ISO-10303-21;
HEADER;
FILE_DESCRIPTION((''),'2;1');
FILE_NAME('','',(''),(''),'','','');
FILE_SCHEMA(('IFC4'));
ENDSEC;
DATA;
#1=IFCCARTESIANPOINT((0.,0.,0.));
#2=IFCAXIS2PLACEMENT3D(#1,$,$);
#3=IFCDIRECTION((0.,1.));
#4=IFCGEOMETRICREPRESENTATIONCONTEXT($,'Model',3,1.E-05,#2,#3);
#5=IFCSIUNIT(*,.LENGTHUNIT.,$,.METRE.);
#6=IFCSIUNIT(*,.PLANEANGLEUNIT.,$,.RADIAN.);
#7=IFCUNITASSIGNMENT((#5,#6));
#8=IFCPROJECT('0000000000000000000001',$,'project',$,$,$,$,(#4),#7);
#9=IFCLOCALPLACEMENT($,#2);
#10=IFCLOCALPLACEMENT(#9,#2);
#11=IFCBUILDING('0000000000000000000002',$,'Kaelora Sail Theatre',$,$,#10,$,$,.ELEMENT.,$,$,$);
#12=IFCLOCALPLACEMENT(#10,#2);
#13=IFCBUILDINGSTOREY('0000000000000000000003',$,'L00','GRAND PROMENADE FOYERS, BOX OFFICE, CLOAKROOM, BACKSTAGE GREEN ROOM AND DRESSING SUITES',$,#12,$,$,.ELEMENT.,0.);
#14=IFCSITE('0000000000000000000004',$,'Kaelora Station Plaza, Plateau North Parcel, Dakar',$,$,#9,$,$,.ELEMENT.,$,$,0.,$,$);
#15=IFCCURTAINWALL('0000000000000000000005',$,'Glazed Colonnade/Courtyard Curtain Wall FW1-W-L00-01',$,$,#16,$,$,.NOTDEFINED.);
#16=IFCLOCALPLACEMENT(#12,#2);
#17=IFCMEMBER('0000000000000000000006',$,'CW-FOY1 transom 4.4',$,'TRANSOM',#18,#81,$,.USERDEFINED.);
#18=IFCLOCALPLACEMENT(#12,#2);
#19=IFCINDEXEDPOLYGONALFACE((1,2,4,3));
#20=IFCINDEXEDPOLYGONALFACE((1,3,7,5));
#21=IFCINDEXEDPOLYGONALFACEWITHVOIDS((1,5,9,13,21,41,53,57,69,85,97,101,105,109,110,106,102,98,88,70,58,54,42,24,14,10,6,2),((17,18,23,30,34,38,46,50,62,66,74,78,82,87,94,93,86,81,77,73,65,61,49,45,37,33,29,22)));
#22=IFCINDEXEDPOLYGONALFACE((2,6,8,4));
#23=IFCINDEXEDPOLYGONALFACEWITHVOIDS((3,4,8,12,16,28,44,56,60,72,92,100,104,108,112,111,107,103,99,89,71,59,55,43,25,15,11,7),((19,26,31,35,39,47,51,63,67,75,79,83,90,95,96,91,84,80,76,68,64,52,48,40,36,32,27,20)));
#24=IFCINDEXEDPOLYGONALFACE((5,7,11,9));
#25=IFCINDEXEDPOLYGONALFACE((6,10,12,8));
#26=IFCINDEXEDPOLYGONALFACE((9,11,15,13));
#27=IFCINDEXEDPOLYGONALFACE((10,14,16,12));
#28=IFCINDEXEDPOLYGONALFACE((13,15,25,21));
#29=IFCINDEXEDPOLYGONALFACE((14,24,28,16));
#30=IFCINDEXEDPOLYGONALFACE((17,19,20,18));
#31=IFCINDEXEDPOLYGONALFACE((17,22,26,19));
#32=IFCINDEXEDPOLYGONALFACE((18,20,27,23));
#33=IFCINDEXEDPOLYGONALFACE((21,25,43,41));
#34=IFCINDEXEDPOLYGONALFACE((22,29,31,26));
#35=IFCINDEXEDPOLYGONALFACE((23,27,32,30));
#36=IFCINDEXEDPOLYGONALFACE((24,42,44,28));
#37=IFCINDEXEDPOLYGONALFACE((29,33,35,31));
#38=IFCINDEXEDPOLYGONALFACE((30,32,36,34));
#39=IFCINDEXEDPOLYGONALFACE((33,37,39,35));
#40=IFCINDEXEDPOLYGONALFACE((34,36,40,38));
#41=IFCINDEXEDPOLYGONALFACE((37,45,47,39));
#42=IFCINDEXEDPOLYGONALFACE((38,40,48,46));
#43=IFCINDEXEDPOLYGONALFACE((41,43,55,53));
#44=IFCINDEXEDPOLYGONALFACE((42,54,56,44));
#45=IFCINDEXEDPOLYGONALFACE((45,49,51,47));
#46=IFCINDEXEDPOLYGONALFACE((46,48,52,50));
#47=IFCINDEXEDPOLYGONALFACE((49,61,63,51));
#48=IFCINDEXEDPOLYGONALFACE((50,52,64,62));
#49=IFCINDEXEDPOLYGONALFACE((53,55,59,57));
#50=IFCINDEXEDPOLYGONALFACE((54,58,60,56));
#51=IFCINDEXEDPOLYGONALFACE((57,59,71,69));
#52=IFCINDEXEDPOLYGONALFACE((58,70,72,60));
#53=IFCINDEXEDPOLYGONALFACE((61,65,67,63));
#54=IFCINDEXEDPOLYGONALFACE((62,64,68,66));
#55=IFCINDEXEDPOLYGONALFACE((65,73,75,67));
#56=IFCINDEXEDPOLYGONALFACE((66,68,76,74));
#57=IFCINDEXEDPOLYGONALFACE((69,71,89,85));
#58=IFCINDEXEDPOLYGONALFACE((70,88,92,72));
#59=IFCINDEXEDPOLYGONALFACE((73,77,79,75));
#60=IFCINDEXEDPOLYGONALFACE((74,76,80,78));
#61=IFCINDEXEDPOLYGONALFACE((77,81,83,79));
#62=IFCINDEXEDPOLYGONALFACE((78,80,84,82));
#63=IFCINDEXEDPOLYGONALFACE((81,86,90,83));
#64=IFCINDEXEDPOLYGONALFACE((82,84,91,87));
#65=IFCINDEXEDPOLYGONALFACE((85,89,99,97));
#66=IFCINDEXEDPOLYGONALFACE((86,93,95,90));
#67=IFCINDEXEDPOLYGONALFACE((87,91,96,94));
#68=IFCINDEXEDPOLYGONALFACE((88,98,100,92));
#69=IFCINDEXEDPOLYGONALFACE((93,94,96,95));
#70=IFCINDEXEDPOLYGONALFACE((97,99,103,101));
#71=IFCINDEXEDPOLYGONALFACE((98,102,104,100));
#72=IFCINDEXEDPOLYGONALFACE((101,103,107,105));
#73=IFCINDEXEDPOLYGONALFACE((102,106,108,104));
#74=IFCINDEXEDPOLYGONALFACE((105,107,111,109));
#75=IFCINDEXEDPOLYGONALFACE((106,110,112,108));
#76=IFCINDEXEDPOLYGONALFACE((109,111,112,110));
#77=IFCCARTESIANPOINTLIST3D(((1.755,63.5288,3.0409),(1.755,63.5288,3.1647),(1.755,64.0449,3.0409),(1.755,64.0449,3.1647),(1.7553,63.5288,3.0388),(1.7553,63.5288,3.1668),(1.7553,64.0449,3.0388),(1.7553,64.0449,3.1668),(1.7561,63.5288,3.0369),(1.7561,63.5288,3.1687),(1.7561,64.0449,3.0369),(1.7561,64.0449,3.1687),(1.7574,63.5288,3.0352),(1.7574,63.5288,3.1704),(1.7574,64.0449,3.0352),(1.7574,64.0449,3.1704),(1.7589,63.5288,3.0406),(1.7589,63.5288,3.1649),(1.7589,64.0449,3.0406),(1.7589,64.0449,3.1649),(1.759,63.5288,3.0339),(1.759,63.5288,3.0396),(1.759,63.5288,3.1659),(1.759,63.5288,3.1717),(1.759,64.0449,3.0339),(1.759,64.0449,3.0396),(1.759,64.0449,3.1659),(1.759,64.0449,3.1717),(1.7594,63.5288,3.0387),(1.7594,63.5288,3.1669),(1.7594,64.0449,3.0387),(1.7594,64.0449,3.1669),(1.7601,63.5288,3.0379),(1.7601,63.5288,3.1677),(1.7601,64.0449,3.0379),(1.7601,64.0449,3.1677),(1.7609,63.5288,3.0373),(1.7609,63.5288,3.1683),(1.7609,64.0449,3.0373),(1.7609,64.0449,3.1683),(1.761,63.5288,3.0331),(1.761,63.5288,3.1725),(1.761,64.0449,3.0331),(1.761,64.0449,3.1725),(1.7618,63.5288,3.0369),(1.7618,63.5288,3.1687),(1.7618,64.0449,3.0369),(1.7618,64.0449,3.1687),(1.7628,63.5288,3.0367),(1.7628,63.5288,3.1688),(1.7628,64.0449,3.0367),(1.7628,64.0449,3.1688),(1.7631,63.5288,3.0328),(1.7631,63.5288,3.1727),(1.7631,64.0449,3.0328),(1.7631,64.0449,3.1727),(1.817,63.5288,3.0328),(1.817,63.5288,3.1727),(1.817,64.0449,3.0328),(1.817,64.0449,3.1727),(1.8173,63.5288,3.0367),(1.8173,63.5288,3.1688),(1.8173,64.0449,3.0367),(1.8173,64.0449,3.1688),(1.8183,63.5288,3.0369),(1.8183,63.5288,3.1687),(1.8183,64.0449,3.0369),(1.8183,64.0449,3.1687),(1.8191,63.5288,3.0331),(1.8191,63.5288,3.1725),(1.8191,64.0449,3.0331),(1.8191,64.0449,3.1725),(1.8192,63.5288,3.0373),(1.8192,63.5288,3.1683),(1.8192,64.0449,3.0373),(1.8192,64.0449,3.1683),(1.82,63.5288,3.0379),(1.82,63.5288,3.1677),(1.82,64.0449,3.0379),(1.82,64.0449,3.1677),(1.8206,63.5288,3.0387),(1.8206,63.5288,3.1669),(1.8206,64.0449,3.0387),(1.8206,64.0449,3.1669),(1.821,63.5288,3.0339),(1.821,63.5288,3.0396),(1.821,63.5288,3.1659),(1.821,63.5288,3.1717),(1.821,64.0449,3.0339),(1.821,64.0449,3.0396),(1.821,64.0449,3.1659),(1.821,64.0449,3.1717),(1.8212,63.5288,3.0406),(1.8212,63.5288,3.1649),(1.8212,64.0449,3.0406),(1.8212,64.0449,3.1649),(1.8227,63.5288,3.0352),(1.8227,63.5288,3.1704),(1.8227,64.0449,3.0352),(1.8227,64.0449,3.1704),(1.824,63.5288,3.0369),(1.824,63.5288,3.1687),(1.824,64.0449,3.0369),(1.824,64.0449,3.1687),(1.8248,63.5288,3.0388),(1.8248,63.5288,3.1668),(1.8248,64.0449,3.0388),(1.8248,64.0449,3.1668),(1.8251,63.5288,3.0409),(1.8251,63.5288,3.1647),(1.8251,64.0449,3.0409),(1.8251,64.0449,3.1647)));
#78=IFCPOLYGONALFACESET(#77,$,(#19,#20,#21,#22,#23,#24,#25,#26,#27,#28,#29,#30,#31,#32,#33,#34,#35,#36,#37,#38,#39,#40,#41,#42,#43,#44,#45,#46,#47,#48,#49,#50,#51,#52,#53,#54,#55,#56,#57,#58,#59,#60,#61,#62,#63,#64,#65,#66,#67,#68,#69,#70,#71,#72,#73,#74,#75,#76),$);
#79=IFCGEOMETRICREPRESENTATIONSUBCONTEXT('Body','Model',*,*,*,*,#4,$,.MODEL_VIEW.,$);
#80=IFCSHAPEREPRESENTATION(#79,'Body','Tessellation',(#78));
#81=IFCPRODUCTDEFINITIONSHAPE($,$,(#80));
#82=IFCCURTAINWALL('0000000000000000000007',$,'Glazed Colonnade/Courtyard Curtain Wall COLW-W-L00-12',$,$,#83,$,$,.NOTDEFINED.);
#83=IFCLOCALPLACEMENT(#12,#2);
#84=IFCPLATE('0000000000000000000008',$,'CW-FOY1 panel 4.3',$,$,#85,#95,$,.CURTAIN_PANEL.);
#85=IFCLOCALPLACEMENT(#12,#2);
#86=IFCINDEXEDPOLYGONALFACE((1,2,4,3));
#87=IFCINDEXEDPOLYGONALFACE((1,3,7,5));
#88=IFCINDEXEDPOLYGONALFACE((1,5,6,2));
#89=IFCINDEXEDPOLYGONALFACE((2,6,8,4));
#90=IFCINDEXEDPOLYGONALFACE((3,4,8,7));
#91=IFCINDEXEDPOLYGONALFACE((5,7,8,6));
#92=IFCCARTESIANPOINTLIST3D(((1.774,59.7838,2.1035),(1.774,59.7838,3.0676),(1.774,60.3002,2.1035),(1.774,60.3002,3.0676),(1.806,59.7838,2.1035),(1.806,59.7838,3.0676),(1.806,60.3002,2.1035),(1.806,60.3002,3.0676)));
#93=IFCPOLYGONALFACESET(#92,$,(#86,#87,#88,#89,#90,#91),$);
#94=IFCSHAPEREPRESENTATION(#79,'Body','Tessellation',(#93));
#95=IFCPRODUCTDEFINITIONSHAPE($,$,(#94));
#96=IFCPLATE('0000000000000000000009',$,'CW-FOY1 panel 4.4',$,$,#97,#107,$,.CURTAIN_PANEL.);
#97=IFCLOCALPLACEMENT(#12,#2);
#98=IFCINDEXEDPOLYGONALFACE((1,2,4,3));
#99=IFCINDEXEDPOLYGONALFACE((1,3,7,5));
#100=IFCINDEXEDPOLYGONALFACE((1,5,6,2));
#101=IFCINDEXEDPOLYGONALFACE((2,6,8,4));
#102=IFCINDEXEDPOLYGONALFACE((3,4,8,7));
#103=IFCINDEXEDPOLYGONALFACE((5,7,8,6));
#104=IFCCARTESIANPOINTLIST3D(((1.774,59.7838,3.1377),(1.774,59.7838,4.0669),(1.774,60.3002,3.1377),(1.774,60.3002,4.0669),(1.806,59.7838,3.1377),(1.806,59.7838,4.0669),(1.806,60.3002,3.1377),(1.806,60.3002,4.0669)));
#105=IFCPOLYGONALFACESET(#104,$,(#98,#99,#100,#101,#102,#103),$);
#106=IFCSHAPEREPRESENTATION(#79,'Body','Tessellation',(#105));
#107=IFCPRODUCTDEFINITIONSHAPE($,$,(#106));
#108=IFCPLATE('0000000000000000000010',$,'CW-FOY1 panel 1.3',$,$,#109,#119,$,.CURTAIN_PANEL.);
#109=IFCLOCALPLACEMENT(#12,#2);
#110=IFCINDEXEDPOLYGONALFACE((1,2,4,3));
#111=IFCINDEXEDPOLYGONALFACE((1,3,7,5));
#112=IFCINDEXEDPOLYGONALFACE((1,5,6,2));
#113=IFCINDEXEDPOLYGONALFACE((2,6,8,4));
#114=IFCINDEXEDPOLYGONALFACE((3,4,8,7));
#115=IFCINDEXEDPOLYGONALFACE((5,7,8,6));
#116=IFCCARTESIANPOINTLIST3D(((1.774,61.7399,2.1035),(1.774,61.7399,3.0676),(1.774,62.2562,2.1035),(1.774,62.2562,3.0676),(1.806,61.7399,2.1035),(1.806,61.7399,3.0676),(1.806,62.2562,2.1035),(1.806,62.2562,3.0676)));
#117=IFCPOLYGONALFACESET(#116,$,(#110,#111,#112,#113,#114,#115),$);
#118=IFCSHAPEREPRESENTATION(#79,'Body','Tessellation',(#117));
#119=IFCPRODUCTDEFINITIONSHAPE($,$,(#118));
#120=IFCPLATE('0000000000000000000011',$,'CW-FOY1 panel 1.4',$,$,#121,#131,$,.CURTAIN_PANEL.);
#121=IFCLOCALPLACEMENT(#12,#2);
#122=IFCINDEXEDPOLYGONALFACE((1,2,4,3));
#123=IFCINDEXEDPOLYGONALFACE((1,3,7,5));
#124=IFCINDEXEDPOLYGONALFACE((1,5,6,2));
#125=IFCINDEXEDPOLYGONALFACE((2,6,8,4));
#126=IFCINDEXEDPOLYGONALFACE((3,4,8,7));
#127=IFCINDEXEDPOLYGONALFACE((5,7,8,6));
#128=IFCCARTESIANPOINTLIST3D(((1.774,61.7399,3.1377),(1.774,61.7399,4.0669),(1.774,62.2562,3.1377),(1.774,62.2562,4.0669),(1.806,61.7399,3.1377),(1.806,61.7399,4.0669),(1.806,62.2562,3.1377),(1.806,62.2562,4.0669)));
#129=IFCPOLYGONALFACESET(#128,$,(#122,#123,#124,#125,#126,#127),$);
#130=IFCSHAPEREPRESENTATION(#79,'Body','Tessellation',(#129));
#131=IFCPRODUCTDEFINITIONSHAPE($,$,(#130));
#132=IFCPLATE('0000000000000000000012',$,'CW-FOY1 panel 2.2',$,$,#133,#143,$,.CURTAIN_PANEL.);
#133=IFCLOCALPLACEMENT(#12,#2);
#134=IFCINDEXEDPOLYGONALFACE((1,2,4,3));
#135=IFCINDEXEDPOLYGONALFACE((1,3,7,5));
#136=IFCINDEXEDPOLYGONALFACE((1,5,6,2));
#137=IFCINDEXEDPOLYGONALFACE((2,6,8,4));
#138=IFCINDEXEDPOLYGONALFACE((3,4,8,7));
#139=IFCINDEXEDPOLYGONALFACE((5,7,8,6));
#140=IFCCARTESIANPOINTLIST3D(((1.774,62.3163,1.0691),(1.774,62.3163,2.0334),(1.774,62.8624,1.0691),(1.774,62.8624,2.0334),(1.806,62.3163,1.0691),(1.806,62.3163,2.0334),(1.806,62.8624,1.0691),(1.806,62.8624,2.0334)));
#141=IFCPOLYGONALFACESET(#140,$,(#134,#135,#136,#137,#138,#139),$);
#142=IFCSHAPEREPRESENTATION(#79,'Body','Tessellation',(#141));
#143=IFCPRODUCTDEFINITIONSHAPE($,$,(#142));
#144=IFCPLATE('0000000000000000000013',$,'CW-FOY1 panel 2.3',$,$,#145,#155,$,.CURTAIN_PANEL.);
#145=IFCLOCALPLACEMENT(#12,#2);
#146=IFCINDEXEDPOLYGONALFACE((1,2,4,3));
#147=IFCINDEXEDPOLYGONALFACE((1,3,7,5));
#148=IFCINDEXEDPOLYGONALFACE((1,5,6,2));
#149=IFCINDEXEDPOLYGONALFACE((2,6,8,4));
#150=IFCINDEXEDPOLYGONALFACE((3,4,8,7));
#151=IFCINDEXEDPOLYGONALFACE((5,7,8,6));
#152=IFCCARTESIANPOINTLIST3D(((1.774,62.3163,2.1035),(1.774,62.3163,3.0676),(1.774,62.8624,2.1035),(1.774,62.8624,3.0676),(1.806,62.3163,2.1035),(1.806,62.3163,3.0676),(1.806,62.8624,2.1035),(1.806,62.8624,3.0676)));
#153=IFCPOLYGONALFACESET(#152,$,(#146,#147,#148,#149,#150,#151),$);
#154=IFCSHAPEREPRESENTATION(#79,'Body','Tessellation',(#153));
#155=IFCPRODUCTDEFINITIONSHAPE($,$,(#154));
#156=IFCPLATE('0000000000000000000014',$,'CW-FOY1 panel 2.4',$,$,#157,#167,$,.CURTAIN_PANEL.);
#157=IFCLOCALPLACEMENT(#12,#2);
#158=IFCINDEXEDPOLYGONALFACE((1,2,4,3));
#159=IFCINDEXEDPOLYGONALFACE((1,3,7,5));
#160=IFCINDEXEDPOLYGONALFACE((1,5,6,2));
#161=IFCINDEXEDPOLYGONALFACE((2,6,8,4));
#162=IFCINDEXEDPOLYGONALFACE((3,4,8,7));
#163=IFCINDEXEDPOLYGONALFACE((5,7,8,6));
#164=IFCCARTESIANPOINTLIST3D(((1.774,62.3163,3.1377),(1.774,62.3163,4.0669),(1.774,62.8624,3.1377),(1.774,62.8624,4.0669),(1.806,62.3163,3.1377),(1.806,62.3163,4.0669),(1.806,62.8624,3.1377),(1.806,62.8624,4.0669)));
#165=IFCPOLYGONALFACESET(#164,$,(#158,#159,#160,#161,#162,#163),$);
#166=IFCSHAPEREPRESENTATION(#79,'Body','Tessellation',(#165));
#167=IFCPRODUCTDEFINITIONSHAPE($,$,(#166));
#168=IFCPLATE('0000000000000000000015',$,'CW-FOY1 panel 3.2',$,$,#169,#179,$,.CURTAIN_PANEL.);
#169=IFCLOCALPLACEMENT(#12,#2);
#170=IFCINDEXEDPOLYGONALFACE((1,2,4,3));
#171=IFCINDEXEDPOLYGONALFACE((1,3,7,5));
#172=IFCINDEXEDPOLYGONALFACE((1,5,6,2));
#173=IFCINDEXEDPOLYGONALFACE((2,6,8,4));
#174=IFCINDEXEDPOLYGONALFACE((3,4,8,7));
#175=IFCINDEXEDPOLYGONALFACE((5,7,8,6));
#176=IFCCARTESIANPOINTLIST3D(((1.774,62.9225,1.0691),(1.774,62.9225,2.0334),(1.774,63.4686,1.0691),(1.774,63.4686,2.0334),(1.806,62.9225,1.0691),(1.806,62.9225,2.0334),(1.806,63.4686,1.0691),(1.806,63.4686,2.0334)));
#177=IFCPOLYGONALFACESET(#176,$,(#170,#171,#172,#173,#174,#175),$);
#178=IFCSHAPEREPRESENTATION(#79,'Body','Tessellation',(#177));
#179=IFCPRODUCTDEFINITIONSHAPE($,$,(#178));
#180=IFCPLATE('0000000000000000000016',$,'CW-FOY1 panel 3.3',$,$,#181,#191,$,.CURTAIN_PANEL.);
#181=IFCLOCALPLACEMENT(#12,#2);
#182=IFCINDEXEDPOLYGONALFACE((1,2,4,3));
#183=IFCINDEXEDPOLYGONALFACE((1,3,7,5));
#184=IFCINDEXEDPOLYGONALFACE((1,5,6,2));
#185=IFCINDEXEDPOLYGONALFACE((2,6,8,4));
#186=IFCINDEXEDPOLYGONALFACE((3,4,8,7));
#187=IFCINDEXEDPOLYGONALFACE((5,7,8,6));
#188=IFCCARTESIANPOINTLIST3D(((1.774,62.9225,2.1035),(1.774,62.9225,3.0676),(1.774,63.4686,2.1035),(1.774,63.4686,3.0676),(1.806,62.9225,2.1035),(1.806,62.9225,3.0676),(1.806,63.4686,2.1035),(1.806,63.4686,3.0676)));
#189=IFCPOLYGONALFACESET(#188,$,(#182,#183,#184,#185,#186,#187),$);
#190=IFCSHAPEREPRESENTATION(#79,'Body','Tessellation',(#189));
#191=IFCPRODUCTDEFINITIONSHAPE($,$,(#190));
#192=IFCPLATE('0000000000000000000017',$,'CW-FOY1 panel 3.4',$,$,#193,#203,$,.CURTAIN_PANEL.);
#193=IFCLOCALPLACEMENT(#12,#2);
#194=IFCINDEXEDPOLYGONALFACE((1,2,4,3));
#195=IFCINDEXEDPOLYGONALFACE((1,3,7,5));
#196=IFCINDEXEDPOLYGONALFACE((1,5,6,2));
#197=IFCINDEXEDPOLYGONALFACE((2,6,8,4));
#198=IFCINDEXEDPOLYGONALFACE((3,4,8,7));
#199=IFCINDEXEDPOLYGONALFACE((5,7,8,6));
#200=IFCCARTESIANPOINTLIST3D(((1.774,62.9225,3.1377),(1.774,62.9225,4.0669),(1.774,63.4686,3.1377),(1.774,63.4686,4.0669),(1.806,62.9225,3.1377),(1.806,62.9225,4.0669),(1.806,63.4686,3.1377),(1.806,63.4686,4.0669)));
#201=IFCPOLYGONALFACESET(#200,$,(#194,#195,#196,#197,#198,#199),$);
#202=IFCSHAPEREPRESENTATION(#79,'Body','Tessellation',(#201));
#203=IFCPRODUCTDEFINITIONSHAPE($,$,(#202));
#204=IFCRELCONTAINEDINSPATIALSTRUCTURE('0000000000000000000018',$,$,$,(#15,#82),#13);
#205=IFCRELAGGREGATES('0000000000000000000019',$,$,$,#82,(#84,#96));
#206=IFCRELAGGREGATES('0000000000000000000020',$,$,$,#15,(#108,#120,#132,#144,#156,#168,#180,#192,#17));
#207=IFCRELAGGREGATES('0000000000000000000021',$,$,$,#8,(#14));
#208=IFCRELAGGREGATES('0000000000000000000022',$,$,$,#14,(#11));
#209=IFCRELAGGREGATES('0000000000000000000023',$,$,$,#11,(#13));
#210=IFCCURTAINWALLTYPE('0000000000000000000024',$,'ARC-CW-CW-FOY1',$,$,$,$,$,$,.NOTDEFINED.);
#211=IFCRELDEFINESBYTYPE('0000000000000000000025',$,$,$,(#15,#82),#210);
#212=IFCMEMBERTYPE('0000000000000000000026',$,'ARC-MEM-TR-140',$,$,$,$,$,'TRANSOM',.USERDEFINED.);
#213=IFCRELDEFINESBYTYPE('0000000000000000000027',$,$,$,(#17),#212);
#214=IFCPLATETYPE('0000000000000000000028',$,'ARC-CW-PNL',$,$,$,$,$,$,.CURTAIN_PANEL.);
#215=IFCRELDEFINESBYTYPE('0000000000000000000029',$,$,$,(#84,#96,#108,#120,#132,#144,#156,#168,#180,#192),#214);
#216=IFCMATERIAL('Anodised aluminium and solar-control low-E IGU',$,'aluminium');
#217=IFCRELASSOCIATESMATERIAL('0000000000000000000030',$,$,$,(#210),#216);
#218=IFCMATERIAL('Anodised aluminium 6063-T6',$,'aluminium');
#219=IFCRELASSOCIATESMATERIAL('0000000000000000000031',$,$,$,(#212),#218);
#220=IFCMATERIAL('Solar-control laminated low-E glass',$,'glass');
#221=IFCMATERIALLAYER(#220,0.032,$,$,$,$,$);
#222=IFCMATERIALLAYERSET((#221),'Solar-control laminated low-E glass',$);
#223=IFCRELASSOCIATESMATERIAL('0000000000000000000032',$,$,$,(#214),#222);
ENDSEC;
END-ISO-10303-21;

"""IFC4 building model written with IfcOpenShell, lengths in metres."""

from ifc_helpers import new_model, si_unit, direction, frame, origin, origin_2d, place, context, subcontext, project, spatial, rectangle, hollow_rectangle, extrude, material, layer, layer_set, material_profile, profile_set, type_object, element, aggregate, save


model = new_model("IFC4")

# Units and contexts
model_context = context("Model", 3, precision=1e-05, world=origin(), true_north=direction((0.0, 1.0)))
body_context = subcontext(model_context, "Body", "Model", "MODEL_VIEW")
ifc_project = project(units=[si_unit("LENGTHUNIT", "METRE"), si_unit("PLANEANGLEUNIT", "RADIAN")], contexts=[model_context])

# Site, building, storey
site_placement = place(None, origin())
site = spatial("IfcSite", under=ifc_project, at=site_placement, Name="Kaelora Station Plaza, Plateau North Parcel, Dakar", CompositionType="ELEMENT", RefElevation=0.0)
building_placement = place(site_placement, origin())
building = spatial("IfcBuilding", under=site, at=building_placement, Name="Kaelora Sail Theatre", CompositionType="ELEMENT")
storey_placement = place(building_placement, origin())
storey = spatial("IfcBuildingStorey", under=building, at=storey_placement, Name="L00", Description="GRAND PROMENADE FOYERS, BOX OFFICE, CLOAKROOM, BACKSTAGE GREEN ROOM AND DRESSING SUITES", CompositionType="ELEMENT", Elevation=0.0)

# Curtain wall, member
ifc_material_1 = material(Name="Anodised aluminium and solar-control low-E IGU", Category="aluminium")
curtain_wall_type = type_object("IfcCurtainWallType", Name="ARC-CW-CW-FOY1", PredefinedType="NOTDEFINED", material=ifc_material_1)
curtain_wall_1_placement = place(storey_placement, origin())
curtain_wall_1 = element("IfcCurtainWall", 1, at=curtain_wall_1_placement, inside=storey, type_object=curtain_wall_type, Name="Glazed Colonnade/Courtyard Curtain Wall FW1-W-L00-01", PredefinedType="NOTDEFINED")
ifc_material_2 = material(Name="Anodised aluminium 6063-T6", Category="aluminium")
ifc_material_profile = material_profile(ifc_material_2, hollow_rectangle(XDim=0.0701, YDim=0.1399, WallThickness=0.0039, InnerFilletRadius=0.0039, OuterFilletRadius=0.0081, at=origin_2d()), Name="ALU-TRAN 70x140x4")
ifc_profile_set = profile_set([ifc_material_profile], Name="Anodised aluminium 6063-T6")
member_type = type_object("IfcMemberType", Name="ARC-MEM-TR-140", ElementType="TRANSOM", PredefinedType="USERDEFINED", material=ifc_profile_set)
member_1_placement = place(storey_placement, frame((1.79, 63.5288, 3.1028), z_axis=(0.0, 1.0, 0.0), x_axis=(-1.0, 0.0, 0.0)))
member_1 = element("IfcMember", 2, at=member_1_placement, type_object=member_type, Name="CW-FOY1 transom 4.4", ObjectType="TRANSOM", PredefinedType="USERDEFINED", context=body_context, shape_type="SweptSolid", body=[
    extrude(hollow_rectangle(XDim=0.0701, YDim=0.1399, WallThickness=0.0039, InnerFilletRadius=0.0039, OuterFilletRadius=0.0081, at=origin_2d()), origin(), (0.0, 0.0, 1.0), 0.5161),
])

# Curtain wall, plates
curtain_wall_2_placement = place(storey_placement, origin())
curtain_wall_2 = element("IfcCurtainWall", 3, at=curtain_wall_2_placement, inside=storey, type_object=curtain_wall_type, Name="Glazed Colonnade/Courtyard Curtain Wall COLW-W-L00-12", PredefinedType="NOTDEFINED")
ifc_material_3 = material(Name="Solar-control laminated low-E glass", Category="glass")
ifc_layer = layer(ifc_material_3, 0.032)
ifc_layer_set = layer_set([ifc_layer], Name="Solar-control laminated low-E glass")
plate_type = type_object("IfcPlateType", Name="ARC-CW-PNL", PredefinedType="CURTAIN_PANEL", material=ifc_layer_set)
plate_1_placement = place(storey_placement, frame((1.79, 60.042, 2.1035), z_axis=(0.0, 0.0, 1.0), x_axis=(0.0, 1.0, 0.0)))
plate_1 = element("IfcPlate", 4, at=plate_1_placement, type_object=plate_type, Name="CW-FOY1 panel 4.3", PredefinedType="CURTAIN_PANEL", context=body_context, shape_type="SweptSolid", body=[
    extrude(rectangle(XDim=0.5164, YDim=0.032, at=origin_2d()), origin(), (0.0, 0.0, 1.0), 0.9641),
])
plate_2_placement = place(storey_placement, frame((1.79, 60.042, 3.1377), z_axis=(0.0, 0.0, 1.0), x_axis=(0.0, 1.0, 0.0)))
plate_2 = element("IfcPlate", 5, at=plate_2_placement, type_object=plate_type, Name="CW-FOY1 panel 4.4", PredefinedType="CURTAIN_PANEL", context=body_context, shape_type="SweptSolid", body=[
    extrude(rectangle(XDim=0.5164, YDim=0.032, at=origin_2d()), origin(), (0.0, 0.0, 1.0), 0.9292),
])
aggregate(curtain_wall_2, [plate_1, plate_2])

# Plates
plate_3_placement = place(storey_placement, frame((1.79, 61.998, 2.1035), z_axis=(0.0, 0.0, 1.0), x_axis=(0.0, 1.0, 0.0)))
plate_3 = element("IfcPlate", 6, at=plate_3_placement, type_object=plate_type, Name="CW-FOY1 panel 1.3", PredefinedType="CURTAIN_PANEL", context=body_context, shape_type="SweptSolid", body=[
    extrude(rectangle(XDim=0.5164, YDim=0.032, at=origin_2d()), origin(), (0.0, 0.0, 1.0), 0.9641),
])
plate_4_placement = place(storey_placement, frame((1.79, 61.998, 3.1377), z_axis=(0.0, 0.0, 1.0), x_axis=(0.0, 1.0, 0.0)))
plate_4 = element("IfcPlate", 7, at=plate_4_placement, type_object=plate_type, Name="CW-FOY1 panel 1.4", PredefinedType="CURTAIN_PANEL", context=body_context, shape_type="SweptSolid", body=[
    extrude(rectangle(XDim=0.5164, YDim=0.032, at=origin_2d()), origin(), (0.0, 0.0, 1.0), 0.9292),
])
plate_5_placement = place(storey_placement, frame((1.79, 62.5894, 1.0691), z_axis=(0.0, 0.0, 1.0), x_axis=(0.0, 1.0, 0.0)))
plate_5 = element("IfcPlate", 8, at=plate_5_placement, type_object=plate_type, Name="CW-FOY1 panel 2.2", PredefinedType="CURTAIN_PANEL", context=body_context, shape_type="SweptSolid", body=[
    extrude(rectangle(XDim=0.5461, YDim=0.032, at=origin_2d()), origin(), (0.0, 0.0, 1.0), 0.9644),
])
plate_6_placement = place(storey_placement, frame((1.79, 62.5894, 2.1035), z_axis=(0.0, 0.0, 1.0), x_axis=(0.0, 1.0, 0.0)))
plate_6 = element("IfcPlate", 9, at=plate_6_placement, type_object=plate_type, Name="CW-FOY1 panel 2.3", PredefinedType="CURTAIN_PANEL", context=body_context, shape_type="SweptSolid", body=[
    extrude(rectangle(XDim=0.5461, YDim=0.032, at=origin_2d()), origin(), (0.0, 0.0, 1.0), 0.9641),
])
plate_7_placement = place(storey_placement, frame((1.79, 62.5894, 3.1377), z_axis=(0.0, 0.0, 1.0), x_axis=(0.0, 1.0, 0.0)))
plate_7 = element("IfcPlate", 10, at=plate_7_placement, type_object=plate_type, Name="CW-FOY1 panel 2.4", PredefinedType="CURTAIN_PANEL", context=body_context, shape_type="SweptSolid", body=[
    extrude(rectangle(XDim=0.5461, YDim=0.032, at=origin_2d()), origin(), (0.0, 0.0, 1.0), 0.9292),
])
plate_8_placement = place(storey_placement, frame((1.79, 63.1956, 1.0691), z_axis=(0.0, 0.0, 1.0), x_axis=(0.0, 1.0, 0.0)))
plate_8 = element("IfcPlate", 11, at=plate_8_placement, type_object=plate_type, Name="CW-FOY1 panel 3.2", PredefinedType="CURTAIN_PANEL", context=body_context, shape_type="SweptSolid", body=[
    extrude(rectangle(XDim=0.5461, YDim=0.032, at=origin_2d()), origin(), (0.0, 0.0, 1.0), 0.9644),
])
plate_9_placement = place(storey_placement, frame((1.79, 63.1956, 2.1035), z_axis=(0.0, 0.0, 1.0), x_axis=(0.0, 1.0, 0.0)))
plate_9 = element("IfcPlate", 12, at=plate_9_placement, type_object=plate_type, Name="CW-FOY1 panel 3.3", PredefinedType="CURTAIN_PANEL", context=body_context, shape_type="SweptSolid", body=[
    extrude(rectangle(XDim=0.5461, YDim=0.032, at=origin_2d()), origin(), (0.0, 0.0, 1.0), 0.9641),
])
plate_10_placement = place(storey_placement, frame((1.79, 63.1956, 3.1377), z_axis=(0.0, 0.0, 1.0), x_axis=(0.0, 1.0, 0.0)))
plate_10 = element("IfcPlate", 13, at=plate_10_placement, type_object=plate_type, Name="CW-FOY1 panel 3.4", PredefinedType="CURTAIN_PANEL", context=body_context, shape_type="SweptSolid", body=[
    extrude(rectangle(XDim=0.5461, YDim=0.032, at=origin_2d()), origin(), (0.0, 0.0, 1.0), 0.9292),
])
aggregate(curtain_wall_1, [plate_3, plate_4, plate_5, plate_6, plate_7, plate_8, plate_9, plate_10, member_1])

save(model, "model.ifc")
